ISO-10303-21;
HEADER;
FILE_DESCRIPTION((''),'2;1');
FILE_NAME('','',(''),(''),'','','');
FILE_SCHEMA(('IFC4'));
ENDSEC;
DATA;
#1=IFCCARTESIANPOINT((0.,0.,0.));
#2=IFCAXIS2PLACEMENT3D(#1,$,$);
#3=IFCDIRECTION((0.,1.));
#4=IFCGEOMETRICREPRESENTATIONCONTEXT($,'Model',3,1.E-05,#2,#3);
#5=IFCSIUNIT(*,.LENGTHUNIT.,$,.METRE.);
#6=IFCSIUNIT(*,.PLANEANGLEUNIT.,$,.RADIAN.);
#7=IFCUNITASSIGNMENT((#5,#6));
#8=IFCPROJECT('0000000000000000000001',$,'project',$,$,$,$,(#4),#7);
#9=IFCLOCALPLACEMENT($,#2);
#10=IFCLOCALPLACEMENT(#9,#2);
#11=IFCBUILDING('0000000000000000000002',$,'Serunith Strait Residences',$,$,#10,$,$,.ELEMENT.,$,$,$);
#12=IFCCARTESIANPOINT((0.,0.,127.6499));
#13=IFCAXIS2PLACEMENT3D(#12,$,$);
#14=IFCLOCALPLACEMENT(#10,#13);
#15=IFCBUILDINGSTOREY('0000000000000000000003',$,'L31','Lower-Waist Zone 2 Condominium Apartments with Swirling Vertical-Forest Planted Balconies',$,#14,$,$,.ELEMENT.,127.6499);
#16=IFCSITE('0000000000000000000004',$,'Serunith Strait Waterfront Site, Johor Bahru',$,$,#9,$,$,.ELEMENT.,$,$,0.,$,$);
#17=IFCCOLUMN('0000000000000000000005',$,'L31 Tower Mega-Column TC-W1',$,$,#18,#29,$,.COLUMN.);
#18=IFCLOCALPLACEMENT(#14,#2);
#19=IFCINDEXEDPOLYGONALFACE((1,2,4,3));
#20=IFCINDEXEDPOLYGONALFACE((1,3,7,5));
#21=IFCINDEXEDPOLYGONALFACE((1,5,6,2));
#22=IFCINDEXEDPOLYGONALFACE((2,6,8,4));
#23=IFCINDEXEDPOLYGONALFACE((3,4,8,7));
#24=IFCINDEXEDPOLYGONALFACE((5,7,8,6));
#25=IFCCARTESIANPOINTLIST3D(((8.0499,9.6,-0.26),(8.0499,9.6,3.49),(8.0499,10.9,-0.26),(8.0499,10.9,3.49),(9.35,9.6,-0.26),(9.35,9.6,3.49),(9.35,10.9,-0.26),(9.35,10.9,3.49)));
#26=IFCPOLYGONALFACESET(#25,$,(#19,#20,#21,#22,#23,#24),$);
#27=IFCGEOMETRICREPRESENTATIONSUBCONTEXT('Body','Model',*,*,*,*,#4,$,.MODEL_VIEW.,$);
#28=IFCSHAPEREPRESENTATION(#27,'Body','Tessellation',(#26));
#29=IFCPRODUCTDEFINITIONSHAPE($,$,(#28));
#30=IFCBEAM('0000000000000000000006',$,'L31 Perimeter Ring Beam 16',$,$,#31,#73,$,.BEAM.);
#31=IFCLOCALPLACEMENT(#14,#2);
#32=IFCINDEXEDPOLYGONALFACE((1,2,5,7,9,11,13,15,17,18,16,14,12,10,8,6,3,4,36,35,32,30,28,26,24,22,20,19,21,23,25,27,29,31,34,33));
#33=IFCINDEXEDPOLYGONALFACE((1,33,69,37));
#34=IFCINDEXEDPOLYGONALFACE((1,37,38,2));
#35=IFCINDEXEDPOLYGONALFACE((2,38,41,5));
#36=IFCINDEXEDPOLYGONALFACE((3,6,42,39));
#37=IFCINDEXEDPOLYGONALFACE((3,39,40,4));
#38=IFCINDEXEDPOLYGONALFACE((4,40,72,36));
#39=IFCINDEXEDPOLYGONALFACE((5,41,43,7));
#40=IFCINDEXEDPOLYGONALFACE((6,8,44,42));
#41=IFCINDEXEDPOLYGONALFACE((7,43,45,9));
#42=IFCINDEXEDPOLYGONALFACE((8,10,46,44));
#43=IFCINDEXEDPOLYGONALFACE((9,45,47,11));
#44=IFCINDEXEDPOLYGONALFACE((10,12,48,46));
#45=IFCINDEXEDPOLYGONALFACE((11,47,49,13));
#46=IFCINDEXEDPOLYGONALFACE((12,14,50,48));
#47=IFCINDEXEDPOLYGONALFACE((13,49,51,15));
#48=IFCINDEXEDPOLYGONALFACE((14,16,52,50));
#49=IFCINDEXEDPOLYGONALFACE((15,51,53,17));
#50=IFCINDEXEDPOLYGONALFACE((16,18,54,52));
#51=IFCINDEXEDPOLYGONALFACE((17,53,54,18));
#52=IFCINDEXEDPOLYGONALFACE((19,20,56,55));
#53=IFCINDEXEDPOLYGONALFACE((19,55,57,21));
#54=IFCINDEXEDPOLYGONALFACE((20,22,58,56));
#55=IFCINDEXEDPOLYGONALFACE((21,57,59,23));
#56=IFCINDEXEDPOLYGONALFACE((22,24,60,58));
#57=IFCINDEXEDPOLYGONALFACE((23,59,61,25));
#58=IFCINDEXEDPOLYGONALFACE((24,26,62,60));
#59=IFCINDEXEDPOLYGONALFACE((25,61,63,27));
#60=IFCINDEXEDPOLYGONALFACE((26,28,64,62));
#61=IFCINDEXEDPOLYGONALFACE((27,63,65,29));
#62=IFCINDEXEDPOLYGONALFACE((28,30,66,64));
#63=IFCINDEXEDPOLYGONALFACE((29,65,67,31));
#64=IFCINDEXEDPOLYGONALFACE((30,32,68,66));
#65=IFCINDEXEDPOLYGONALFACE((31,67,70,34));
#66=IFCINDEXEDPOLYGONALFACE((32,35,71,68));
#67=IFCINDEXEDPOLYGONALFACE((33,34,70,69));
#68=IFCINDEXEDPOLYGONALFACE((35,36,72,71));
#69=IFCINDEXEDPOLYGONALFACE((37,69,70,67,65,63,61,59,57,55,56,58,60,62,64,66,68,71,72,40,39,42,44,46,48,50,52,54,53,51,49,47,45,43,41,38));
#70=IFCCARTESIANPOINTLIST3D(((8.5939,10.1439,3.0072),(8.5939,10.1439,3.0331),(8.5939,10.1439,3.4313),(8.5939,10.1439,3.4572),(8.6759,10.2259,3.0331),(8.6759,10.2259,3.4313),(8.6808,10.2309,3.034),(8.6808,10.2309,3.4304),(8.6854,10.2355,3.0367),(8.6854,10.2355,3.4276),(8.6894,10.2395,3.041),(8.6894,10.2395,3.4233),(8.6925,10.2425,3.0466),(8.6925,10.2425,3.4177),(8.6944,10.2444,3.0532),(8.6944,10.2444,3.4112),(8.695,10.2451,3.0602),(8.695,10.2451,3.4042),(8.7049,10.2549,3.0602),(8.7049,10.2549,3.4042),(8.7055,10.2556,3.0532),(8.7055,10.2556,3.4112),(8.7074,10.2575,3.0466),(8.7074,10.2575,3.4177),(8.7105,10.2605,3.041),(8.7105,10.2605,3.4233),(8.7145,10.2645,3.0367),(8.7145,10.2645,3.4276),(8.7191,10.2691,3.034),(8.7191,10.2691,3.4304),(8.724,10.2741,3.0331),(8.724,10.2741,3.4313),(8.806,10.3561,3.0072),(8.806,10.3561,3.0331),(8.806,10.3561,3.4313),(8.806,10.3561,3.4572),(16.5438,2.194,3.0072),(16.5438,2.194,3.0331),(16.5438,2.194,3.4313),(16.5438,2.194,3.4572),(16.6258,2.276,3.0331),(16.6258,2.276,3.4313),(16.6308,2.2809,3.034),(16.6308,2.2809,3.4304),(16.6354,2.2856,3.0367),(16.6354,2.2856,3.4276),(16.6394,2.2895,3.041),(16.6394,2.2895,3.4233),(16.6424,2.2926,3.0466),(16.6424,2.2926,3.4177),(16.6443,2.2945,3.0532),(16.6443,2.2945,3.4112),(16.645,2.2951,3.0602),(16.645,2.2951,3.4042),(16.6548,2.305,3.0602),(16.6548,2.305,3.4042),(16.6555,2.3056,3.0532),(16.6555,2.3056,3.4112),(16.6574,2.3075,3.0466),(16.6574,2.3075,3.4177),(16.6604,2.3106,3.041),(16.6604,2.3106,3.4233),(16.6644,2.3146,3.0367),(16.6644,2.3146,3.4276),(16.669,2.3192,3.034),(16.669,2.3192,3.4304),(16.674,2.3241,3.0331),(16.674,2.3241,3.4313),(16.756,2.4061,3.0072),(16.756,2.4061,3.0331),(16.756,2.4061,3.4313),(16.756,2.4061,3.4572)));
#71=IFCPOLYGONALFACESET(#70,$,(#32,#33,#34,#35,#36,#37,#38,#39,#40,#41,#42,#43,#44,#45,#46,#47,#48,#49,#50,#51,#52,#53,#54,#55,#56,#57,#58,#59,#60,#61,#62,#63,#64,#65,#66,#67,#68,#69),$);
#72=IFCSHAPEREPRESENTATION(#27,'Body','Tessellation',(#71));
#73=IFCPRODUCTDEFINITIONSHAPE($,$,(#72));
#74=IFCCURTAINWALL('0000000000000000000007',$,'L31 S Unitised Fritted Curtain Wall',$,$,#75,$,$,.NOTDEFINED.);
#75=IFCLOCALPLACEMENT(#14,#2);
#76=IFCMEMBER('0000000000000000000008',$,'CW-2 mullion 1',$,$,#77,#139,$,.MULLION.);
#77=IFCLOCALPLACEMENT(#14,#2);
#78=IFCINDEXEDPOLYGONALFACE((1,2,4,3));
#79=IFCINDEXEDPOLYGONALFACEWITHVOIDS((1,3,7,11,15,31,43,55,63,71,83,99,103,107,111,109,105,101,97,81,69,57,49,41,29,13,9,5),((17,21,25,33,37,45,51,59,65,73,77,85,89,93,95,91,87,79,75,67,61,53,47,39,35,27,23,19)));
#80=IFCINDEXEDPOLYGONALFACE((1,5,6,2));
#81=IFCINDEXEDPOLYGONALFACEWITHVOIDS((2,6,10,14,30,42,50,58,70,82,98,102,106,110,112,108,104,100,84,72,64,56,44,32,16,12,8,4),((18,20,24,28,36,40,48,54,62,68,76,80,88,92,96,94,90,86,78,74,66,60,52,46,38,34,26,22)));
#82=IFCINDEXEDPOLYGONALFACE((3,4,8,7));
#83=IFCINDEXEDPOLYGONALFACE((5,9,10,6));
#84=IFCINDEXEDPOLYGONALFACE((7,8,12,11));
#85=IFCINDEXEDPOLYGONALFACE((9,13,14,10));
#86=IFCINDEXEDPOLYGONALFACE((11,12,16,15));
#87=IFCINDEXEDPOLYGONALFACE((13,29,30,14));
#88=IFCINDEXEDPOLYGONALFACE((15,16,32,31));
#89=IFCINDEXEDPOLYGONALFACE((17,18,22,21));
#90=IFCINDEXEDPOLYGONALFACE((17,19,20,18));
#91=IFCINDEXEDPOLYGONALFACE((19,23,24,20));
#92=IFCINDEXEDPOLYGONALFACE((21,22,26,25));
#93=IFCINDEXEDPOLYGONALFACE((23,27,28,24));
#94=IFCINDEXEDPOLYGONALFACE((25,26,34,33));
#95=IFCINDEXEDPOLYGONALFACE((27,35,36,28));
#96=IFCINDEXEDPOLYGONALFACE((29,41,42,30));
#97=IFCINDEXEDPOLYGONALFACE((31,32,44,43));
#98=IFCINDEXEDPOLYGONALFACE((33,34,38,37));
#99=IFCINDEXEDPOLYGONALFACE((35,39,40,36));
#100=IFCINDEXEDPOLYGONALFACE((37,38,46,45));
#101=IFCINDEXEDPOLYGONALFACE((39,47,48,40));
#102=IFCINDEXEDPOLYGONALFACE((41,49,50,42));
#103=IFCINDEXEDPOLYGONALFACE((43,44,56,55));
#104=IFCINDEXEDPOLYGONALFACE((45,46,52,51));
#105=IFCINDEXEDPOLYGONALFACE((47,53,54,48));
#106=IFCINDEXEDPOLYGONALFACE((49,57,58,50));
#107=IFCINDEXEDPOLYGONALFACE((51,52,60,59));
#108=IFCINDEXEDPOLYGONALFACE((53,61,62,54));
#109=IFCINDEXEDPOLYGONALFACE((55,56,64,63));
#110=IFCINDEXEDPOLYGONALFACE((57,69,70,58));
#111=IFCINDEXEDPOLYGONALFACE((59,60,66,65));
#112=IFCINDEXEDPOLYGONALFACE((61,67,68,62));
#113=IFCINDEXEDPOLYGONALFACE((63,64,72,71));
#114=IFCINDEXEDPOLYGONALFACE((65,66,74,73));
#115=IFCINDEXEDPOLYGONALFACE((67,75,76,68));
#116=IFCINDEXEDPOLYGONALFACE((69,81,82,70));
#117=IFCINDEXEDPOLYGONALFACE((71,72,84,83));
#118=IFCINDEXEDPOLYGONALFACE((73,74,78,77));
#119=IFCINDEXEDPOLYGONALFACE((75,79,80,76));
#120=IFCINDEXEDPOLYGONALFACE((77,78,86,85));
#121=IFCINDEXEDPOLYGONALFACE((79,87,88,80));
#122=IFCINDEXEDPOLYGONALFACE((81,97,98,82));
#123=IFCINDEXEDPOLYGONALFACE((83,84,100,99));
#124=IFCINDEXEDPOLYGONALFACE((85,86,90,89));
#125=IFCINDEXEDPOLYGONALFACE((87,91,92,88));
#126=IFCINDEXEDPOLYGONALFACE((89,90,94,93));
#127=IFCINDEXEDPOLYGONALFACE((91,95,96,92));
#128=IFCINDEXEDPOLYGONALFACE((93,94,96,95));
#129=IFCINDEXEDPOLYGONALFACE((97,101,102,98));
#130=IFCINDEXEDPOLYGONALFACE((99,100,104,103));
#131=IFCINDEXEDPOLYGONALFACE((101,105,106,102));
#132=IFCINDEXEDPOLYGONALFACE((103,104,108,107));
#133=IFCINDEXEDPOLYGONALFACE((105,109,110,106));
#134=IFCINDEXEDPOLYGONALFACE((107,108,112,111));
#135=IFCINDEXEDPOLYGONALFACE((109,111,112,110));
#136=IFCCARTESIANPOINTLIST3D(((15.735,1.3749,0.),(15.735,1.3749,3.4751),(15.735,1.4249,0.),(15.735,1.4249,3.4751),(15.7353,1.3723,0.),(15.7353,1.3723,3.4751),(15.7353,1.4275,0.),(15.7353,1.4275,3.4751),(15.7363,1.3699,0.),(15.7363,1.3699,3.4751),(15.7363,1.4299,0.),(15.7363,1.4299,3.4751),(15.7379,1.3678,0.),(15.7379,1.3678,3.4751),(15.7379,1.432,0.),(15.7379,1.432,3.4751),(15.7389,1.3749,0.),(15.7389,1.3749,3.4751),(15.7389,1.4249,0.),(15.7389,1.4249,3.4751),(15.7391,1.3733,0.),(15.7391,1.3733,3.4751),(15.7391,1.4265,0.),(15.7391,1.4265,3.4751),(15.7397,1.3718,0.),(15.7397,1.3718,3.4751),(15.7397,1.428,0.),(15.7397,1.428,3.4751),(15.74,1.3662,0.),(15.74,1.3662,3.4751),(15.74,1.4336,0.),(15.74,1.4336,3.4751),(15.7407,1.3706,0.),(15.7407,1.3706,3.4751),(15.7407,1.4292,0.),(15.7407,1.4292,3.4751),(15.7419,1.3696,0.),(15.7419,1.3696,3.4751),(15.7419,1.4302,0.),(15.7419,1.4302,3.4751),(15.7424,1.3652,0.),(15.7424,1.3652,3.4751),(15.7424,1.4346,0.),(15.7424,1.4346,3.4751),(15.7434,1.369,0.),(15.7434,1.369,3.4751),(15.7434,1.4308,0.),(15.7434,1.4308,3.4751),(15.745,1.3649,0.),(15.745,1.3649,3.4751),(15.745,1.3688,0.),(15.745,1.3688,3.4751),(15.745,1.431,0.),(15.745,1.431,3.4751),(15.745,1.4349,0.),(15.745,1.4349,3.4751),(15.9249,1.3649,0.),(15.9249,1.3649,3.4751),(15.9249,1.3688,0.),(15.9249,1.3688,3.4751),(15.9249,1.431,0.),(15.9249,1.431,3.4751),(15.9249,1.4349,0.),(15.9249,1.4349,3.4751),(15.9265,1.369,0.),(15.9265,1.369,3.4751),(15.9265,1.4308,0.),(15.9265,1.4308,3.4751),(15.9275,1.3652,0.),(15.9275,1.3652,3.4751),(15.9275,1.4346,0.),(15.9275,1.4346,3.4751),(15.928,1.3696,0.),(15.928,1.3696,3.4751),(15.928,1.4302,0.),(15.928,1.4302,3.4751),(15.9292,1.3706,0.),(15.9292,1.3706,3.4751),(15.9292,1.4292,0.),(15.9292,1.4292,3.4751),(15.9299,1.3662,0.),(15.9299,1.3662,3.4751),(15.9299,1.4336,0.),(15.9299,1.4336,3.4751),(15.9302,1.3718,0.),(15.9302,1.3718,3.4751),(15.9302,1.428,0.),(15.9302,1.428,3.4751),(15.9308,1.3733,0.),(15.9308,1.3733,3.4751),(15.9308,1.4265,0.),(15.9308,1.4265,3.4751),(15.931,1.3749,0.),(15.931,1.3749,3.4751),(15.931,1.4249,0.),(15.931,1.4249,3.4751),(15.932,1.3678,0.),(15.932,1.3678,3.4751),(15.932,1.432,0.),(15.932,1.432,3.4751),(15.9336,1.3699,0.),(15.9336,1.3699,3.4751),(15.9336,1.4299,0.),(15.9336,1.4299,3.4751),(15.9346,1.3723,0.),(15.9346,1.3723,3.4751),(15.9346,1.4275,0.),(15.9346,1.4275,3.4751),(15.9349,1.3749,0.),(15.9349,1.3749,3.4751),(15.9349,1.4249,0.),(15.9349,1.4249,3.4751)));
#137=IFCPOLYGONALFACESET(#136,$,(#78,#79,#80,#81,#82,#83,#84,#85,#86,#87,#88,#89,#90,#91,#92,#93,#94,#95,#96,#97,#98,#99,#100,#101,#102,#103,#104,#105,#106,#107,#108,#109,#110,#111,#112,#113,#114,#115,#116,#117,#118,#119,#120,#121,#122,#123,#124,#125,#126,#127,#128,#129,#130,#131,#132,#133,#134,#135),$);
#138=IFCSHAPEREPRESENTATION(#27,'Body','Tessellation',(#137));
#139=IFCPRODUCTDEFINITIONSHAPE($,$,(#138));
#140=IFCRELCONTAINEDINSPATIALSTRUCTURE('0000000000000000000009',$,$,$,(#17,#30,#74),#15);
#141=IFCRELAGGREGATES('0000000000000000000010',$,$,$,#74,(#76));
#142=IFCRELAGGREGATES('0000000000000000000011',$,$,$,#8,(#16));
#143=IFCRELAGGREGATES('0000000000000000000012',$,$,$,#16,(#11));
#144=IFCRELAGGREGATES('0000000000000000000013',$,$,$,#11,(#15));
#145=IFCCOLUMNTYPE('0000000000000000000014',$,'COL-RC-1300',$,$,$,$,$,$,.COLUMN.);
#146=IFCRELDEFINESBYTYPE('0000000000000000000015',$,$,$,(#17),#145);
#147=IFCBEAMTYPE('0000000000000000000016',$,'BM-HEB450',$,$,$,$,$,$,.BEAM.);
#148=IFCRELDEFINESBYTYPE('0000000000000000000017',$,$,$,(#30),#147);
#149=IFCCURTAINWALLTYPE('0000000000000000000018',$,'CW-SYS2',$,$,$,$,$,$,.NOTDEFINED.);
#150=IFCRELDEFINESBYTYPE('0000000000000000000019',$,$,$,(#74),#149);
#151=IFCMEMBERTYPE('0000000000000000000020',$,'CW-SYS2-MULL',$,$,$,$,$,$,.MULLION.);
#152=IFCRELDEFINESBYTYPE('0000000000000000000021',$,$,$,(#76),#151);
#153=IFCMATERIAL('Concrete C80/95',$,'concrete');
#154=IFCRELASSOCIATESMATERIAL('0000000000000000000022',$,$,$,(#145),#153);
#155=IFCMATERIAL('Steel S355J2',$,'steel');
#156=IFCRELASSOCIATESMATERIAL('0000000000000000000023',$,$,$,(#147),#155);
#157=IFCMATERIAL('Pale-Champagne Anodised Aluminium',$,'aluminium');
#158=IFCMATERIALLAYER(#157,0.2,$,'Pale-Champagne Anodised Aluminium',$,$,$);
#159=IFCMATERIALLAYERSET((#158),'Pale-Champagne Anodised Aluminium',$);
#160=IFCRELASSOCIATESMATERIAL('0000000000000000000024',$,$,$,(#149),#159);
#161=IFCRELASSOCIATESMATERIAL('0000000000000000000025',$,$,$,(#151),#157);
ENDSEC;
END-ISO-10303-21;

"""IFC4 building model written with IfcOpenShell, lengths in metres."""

from ifc_helpers import new_model, si_unit, direction, frame, origin, origin_2d, place, context, subcontext, project, spatial, rectangle, hollow_rectangle, i_section, extrude, source, transform, mapped, material, layer, layer_set, material_profile, profile_set, type_object, element, aggregate, save


model = new_model("IFC4")

# Units and contexts
model_context = context("Model", 3, precision=1e-05, world=origin(), true_north=direction((0.0, 1.0)))
body_context = subcontext(model_context, "Body", "Model", "MODEL_VIEW")
ifc_project = project(units=[si_unit("LENGTHUNIT", "METRE"), si_unit("PLANEANGLEUNIT", "RADIAN")], contexts=[model_context])

# Site, building, storey
site_placement = place(None, origin())
site = spatial("IfcSite", under=ifc_project, at=site_placement, Name="Serunith Strait Waterfront Site, Johor Bahru", CompositionType="ELEMENT", RefElevation=0.0)
building_placement = place(site_placement, origin())
building = spatial("IfcBuilding", under=site, at=building_placement, Name="Serunith Strait Residences", CompositionType="ELEMENT")
storey_placement = place(building_placement, frame((0.0, 0.0, 127.6499)))
storey = spatial("IfcBuildingStorey", under=building, at=storey_placement, Name="L31", Description="Lower-Waist Zone 2 Condominium Apartments with Swirling Vertical-Forest Planted Balconies", CompositionType="ELEMENT", Elevation=127.6499)

# Column
ifc_material_1 = material(Name="Concrete C80/95", Category="concrete")
ifc_material_profile_1 = material_profile(ifc_material_1, rectangle(XDim=1.3, YDim=1.3, at=origin_2d()), Name="RC 1300x1300")
ifc_profile_set_1 = profile_set([ifc_material_profile_1], Name="Concrete C80/95")
column_type = type_object("IfcColumnType", Name="COL-RC-1300", PredefinedType="COLUMN", material=ifc_profile_set_1)
shared_shape_1 = source(origin(), body_context, "Body", "SweptSolid", [
    extrude(rectangle(XDim=1.3, YDim=1.3, at=origin_2d()), origin(), (0.0, 0.0, 1.0), 3.75),
])
column_placement = place(storey_placement, frame((8.7, 10.25, -0.26), z_axis=(0.0, 0.0, 1.0), x_axis=(1.0, 0.0, 0.0)))
element("IfcColumn", 1, at=column_placement, inside=storey, type_object=column_type, Name="L31 Tower Mega-Column TC-W1", PredefinedType="COLUMN", context=body_context, shape_type="MappedRepresentation", body=[
    mapped(shared_shape_1, transform((0.0, 0.0, 0.0), scale=1.0)),
])

# Beam
ifc_material_2 = material(Name="Steel S355J2", Category="steel")
ifc_material_profile_2 = material_profile(ifc_material_2, i_section(OverallWidth=0.3, OverallDepth=0.45, WebThickness=0.0139, FlangeThickness=0.0259, FilletRadius=0.0271, at=origin_2d()), Name="HEB 450")
ifc_profile_set_2 = profile_set([ifc_material_profile_2], Name="Steel S355J2")
beam_type = type_object("IfcBeamType", Name="BM-HEB450", PredefinedType="BEAM", material=ifc_profile_set_2)
shared_shape_2 = source(origin(), body_context, "Body", "SweptSolid", [
    extrude(i_section(OverallWidth=0.3, OverallDepth=0.45, WebThickness=0.0139, FlangeThickness=0.0259, FilletRadius=0.0271, at=origin_2d()), origin(), (0.0, 0.0, 1.0), 11.2429),
])
beam_placement = place(storey_placement, frame((8.7, 10.25, 3.2322), z_axis=(0.707107, -0.707107, 0.0), x_axis=(0.707107, 0.707107, 0.0)))
element("IfcBeam", 2, at=beam_placement, inside=storey, type_object=beam_type, Name="L31 Perimeter Ring Beam 16", PredefinedType="BEAM", context=body_context, shape_type="MappedRepresentation", body=[
    mapped(shared_shape_2, transform((0.0, 0.0, 0.0), scale=1.0)),
])

# Curtain wall, member
ifc_material_3 = material(Name="Pale-Champagne Anodised Aluminium", Category="aluminium")
ifc_layer_1 = layer(ifc_material_3, 0.2, Name="Pale-Champagne Anodised Aluminium")
ifc_layer_set_1 = layer_set([ifc_layer_1], Name="Pale-Champagne Anodised Aluminium")
curtain_wall_type = type_object("IfcCurtainWallType", Name="CW-SYS2", PredefinedType="NOTDEFINED", material=ifc_layer_set_1)
curtain_wall_1_placement = place(storey_placement, origin())
curtain_wall_1 = element("IfcCurtainWall", 3, at=curtain_wall_1_placement, inside=storey, type_object=curtain_wall_type, Name="L31 S Unitised Fritted Curtain Wall", PredefinedType="NOTDEFINED")
ifc_material_profile_3 = material_profile(ifc_material_3, hollow_rectangle(XDim=0.0701, YDim=0.2, WallThickness=0.0039, InnerFilletRadius=0.0061, OuterFilletRadius=0.01, at=origin_2d()), Name="ALU 200x70x4")
ifc_profile_set_3 = profile_set([ifc_material_profile_3], Name="Pale-Champagne Anodised Aluminium")
member_type_1 = type_object("IfcMemberType", Name="CW-SYS2-MULL", PredefinedType="MULLION", material=ifc_profile_set_3)
shared_shape_3 = source(origin(), body_context, "Body", "SweptSolid", [
    extrude(hollow_rectangle(XDim=0.0701, YDim=0.2, WallThickness=0.0039, InnerFilletRadius=0.0061, OuterFilletRadius=0.01, at=origin_2d()), origin(), (0.0, 0.0, 1.0), 3.4751),
])
member_1_placement = place(storey_placement, frame((15.835, 1.3999, 0.0), z_axis=(0.0, 0.0, 1.0), x_axis=(0.0, 1.0, 0.0)))
member_1 = element("IfcMember", 4, at=member_1_placement, type_object=member_type_1, Name="CW-2 mullion 1", PredefinedType="MULLION", context=body_context, shape_type="MappedRepresentation", body=[
    mapped(shared_shape_3, transform((0.0, 0.0, 0.0), scale=1.0)),
])

aggregate(curtain_wall_1, [member_1])

save(model, "model.ifc")
